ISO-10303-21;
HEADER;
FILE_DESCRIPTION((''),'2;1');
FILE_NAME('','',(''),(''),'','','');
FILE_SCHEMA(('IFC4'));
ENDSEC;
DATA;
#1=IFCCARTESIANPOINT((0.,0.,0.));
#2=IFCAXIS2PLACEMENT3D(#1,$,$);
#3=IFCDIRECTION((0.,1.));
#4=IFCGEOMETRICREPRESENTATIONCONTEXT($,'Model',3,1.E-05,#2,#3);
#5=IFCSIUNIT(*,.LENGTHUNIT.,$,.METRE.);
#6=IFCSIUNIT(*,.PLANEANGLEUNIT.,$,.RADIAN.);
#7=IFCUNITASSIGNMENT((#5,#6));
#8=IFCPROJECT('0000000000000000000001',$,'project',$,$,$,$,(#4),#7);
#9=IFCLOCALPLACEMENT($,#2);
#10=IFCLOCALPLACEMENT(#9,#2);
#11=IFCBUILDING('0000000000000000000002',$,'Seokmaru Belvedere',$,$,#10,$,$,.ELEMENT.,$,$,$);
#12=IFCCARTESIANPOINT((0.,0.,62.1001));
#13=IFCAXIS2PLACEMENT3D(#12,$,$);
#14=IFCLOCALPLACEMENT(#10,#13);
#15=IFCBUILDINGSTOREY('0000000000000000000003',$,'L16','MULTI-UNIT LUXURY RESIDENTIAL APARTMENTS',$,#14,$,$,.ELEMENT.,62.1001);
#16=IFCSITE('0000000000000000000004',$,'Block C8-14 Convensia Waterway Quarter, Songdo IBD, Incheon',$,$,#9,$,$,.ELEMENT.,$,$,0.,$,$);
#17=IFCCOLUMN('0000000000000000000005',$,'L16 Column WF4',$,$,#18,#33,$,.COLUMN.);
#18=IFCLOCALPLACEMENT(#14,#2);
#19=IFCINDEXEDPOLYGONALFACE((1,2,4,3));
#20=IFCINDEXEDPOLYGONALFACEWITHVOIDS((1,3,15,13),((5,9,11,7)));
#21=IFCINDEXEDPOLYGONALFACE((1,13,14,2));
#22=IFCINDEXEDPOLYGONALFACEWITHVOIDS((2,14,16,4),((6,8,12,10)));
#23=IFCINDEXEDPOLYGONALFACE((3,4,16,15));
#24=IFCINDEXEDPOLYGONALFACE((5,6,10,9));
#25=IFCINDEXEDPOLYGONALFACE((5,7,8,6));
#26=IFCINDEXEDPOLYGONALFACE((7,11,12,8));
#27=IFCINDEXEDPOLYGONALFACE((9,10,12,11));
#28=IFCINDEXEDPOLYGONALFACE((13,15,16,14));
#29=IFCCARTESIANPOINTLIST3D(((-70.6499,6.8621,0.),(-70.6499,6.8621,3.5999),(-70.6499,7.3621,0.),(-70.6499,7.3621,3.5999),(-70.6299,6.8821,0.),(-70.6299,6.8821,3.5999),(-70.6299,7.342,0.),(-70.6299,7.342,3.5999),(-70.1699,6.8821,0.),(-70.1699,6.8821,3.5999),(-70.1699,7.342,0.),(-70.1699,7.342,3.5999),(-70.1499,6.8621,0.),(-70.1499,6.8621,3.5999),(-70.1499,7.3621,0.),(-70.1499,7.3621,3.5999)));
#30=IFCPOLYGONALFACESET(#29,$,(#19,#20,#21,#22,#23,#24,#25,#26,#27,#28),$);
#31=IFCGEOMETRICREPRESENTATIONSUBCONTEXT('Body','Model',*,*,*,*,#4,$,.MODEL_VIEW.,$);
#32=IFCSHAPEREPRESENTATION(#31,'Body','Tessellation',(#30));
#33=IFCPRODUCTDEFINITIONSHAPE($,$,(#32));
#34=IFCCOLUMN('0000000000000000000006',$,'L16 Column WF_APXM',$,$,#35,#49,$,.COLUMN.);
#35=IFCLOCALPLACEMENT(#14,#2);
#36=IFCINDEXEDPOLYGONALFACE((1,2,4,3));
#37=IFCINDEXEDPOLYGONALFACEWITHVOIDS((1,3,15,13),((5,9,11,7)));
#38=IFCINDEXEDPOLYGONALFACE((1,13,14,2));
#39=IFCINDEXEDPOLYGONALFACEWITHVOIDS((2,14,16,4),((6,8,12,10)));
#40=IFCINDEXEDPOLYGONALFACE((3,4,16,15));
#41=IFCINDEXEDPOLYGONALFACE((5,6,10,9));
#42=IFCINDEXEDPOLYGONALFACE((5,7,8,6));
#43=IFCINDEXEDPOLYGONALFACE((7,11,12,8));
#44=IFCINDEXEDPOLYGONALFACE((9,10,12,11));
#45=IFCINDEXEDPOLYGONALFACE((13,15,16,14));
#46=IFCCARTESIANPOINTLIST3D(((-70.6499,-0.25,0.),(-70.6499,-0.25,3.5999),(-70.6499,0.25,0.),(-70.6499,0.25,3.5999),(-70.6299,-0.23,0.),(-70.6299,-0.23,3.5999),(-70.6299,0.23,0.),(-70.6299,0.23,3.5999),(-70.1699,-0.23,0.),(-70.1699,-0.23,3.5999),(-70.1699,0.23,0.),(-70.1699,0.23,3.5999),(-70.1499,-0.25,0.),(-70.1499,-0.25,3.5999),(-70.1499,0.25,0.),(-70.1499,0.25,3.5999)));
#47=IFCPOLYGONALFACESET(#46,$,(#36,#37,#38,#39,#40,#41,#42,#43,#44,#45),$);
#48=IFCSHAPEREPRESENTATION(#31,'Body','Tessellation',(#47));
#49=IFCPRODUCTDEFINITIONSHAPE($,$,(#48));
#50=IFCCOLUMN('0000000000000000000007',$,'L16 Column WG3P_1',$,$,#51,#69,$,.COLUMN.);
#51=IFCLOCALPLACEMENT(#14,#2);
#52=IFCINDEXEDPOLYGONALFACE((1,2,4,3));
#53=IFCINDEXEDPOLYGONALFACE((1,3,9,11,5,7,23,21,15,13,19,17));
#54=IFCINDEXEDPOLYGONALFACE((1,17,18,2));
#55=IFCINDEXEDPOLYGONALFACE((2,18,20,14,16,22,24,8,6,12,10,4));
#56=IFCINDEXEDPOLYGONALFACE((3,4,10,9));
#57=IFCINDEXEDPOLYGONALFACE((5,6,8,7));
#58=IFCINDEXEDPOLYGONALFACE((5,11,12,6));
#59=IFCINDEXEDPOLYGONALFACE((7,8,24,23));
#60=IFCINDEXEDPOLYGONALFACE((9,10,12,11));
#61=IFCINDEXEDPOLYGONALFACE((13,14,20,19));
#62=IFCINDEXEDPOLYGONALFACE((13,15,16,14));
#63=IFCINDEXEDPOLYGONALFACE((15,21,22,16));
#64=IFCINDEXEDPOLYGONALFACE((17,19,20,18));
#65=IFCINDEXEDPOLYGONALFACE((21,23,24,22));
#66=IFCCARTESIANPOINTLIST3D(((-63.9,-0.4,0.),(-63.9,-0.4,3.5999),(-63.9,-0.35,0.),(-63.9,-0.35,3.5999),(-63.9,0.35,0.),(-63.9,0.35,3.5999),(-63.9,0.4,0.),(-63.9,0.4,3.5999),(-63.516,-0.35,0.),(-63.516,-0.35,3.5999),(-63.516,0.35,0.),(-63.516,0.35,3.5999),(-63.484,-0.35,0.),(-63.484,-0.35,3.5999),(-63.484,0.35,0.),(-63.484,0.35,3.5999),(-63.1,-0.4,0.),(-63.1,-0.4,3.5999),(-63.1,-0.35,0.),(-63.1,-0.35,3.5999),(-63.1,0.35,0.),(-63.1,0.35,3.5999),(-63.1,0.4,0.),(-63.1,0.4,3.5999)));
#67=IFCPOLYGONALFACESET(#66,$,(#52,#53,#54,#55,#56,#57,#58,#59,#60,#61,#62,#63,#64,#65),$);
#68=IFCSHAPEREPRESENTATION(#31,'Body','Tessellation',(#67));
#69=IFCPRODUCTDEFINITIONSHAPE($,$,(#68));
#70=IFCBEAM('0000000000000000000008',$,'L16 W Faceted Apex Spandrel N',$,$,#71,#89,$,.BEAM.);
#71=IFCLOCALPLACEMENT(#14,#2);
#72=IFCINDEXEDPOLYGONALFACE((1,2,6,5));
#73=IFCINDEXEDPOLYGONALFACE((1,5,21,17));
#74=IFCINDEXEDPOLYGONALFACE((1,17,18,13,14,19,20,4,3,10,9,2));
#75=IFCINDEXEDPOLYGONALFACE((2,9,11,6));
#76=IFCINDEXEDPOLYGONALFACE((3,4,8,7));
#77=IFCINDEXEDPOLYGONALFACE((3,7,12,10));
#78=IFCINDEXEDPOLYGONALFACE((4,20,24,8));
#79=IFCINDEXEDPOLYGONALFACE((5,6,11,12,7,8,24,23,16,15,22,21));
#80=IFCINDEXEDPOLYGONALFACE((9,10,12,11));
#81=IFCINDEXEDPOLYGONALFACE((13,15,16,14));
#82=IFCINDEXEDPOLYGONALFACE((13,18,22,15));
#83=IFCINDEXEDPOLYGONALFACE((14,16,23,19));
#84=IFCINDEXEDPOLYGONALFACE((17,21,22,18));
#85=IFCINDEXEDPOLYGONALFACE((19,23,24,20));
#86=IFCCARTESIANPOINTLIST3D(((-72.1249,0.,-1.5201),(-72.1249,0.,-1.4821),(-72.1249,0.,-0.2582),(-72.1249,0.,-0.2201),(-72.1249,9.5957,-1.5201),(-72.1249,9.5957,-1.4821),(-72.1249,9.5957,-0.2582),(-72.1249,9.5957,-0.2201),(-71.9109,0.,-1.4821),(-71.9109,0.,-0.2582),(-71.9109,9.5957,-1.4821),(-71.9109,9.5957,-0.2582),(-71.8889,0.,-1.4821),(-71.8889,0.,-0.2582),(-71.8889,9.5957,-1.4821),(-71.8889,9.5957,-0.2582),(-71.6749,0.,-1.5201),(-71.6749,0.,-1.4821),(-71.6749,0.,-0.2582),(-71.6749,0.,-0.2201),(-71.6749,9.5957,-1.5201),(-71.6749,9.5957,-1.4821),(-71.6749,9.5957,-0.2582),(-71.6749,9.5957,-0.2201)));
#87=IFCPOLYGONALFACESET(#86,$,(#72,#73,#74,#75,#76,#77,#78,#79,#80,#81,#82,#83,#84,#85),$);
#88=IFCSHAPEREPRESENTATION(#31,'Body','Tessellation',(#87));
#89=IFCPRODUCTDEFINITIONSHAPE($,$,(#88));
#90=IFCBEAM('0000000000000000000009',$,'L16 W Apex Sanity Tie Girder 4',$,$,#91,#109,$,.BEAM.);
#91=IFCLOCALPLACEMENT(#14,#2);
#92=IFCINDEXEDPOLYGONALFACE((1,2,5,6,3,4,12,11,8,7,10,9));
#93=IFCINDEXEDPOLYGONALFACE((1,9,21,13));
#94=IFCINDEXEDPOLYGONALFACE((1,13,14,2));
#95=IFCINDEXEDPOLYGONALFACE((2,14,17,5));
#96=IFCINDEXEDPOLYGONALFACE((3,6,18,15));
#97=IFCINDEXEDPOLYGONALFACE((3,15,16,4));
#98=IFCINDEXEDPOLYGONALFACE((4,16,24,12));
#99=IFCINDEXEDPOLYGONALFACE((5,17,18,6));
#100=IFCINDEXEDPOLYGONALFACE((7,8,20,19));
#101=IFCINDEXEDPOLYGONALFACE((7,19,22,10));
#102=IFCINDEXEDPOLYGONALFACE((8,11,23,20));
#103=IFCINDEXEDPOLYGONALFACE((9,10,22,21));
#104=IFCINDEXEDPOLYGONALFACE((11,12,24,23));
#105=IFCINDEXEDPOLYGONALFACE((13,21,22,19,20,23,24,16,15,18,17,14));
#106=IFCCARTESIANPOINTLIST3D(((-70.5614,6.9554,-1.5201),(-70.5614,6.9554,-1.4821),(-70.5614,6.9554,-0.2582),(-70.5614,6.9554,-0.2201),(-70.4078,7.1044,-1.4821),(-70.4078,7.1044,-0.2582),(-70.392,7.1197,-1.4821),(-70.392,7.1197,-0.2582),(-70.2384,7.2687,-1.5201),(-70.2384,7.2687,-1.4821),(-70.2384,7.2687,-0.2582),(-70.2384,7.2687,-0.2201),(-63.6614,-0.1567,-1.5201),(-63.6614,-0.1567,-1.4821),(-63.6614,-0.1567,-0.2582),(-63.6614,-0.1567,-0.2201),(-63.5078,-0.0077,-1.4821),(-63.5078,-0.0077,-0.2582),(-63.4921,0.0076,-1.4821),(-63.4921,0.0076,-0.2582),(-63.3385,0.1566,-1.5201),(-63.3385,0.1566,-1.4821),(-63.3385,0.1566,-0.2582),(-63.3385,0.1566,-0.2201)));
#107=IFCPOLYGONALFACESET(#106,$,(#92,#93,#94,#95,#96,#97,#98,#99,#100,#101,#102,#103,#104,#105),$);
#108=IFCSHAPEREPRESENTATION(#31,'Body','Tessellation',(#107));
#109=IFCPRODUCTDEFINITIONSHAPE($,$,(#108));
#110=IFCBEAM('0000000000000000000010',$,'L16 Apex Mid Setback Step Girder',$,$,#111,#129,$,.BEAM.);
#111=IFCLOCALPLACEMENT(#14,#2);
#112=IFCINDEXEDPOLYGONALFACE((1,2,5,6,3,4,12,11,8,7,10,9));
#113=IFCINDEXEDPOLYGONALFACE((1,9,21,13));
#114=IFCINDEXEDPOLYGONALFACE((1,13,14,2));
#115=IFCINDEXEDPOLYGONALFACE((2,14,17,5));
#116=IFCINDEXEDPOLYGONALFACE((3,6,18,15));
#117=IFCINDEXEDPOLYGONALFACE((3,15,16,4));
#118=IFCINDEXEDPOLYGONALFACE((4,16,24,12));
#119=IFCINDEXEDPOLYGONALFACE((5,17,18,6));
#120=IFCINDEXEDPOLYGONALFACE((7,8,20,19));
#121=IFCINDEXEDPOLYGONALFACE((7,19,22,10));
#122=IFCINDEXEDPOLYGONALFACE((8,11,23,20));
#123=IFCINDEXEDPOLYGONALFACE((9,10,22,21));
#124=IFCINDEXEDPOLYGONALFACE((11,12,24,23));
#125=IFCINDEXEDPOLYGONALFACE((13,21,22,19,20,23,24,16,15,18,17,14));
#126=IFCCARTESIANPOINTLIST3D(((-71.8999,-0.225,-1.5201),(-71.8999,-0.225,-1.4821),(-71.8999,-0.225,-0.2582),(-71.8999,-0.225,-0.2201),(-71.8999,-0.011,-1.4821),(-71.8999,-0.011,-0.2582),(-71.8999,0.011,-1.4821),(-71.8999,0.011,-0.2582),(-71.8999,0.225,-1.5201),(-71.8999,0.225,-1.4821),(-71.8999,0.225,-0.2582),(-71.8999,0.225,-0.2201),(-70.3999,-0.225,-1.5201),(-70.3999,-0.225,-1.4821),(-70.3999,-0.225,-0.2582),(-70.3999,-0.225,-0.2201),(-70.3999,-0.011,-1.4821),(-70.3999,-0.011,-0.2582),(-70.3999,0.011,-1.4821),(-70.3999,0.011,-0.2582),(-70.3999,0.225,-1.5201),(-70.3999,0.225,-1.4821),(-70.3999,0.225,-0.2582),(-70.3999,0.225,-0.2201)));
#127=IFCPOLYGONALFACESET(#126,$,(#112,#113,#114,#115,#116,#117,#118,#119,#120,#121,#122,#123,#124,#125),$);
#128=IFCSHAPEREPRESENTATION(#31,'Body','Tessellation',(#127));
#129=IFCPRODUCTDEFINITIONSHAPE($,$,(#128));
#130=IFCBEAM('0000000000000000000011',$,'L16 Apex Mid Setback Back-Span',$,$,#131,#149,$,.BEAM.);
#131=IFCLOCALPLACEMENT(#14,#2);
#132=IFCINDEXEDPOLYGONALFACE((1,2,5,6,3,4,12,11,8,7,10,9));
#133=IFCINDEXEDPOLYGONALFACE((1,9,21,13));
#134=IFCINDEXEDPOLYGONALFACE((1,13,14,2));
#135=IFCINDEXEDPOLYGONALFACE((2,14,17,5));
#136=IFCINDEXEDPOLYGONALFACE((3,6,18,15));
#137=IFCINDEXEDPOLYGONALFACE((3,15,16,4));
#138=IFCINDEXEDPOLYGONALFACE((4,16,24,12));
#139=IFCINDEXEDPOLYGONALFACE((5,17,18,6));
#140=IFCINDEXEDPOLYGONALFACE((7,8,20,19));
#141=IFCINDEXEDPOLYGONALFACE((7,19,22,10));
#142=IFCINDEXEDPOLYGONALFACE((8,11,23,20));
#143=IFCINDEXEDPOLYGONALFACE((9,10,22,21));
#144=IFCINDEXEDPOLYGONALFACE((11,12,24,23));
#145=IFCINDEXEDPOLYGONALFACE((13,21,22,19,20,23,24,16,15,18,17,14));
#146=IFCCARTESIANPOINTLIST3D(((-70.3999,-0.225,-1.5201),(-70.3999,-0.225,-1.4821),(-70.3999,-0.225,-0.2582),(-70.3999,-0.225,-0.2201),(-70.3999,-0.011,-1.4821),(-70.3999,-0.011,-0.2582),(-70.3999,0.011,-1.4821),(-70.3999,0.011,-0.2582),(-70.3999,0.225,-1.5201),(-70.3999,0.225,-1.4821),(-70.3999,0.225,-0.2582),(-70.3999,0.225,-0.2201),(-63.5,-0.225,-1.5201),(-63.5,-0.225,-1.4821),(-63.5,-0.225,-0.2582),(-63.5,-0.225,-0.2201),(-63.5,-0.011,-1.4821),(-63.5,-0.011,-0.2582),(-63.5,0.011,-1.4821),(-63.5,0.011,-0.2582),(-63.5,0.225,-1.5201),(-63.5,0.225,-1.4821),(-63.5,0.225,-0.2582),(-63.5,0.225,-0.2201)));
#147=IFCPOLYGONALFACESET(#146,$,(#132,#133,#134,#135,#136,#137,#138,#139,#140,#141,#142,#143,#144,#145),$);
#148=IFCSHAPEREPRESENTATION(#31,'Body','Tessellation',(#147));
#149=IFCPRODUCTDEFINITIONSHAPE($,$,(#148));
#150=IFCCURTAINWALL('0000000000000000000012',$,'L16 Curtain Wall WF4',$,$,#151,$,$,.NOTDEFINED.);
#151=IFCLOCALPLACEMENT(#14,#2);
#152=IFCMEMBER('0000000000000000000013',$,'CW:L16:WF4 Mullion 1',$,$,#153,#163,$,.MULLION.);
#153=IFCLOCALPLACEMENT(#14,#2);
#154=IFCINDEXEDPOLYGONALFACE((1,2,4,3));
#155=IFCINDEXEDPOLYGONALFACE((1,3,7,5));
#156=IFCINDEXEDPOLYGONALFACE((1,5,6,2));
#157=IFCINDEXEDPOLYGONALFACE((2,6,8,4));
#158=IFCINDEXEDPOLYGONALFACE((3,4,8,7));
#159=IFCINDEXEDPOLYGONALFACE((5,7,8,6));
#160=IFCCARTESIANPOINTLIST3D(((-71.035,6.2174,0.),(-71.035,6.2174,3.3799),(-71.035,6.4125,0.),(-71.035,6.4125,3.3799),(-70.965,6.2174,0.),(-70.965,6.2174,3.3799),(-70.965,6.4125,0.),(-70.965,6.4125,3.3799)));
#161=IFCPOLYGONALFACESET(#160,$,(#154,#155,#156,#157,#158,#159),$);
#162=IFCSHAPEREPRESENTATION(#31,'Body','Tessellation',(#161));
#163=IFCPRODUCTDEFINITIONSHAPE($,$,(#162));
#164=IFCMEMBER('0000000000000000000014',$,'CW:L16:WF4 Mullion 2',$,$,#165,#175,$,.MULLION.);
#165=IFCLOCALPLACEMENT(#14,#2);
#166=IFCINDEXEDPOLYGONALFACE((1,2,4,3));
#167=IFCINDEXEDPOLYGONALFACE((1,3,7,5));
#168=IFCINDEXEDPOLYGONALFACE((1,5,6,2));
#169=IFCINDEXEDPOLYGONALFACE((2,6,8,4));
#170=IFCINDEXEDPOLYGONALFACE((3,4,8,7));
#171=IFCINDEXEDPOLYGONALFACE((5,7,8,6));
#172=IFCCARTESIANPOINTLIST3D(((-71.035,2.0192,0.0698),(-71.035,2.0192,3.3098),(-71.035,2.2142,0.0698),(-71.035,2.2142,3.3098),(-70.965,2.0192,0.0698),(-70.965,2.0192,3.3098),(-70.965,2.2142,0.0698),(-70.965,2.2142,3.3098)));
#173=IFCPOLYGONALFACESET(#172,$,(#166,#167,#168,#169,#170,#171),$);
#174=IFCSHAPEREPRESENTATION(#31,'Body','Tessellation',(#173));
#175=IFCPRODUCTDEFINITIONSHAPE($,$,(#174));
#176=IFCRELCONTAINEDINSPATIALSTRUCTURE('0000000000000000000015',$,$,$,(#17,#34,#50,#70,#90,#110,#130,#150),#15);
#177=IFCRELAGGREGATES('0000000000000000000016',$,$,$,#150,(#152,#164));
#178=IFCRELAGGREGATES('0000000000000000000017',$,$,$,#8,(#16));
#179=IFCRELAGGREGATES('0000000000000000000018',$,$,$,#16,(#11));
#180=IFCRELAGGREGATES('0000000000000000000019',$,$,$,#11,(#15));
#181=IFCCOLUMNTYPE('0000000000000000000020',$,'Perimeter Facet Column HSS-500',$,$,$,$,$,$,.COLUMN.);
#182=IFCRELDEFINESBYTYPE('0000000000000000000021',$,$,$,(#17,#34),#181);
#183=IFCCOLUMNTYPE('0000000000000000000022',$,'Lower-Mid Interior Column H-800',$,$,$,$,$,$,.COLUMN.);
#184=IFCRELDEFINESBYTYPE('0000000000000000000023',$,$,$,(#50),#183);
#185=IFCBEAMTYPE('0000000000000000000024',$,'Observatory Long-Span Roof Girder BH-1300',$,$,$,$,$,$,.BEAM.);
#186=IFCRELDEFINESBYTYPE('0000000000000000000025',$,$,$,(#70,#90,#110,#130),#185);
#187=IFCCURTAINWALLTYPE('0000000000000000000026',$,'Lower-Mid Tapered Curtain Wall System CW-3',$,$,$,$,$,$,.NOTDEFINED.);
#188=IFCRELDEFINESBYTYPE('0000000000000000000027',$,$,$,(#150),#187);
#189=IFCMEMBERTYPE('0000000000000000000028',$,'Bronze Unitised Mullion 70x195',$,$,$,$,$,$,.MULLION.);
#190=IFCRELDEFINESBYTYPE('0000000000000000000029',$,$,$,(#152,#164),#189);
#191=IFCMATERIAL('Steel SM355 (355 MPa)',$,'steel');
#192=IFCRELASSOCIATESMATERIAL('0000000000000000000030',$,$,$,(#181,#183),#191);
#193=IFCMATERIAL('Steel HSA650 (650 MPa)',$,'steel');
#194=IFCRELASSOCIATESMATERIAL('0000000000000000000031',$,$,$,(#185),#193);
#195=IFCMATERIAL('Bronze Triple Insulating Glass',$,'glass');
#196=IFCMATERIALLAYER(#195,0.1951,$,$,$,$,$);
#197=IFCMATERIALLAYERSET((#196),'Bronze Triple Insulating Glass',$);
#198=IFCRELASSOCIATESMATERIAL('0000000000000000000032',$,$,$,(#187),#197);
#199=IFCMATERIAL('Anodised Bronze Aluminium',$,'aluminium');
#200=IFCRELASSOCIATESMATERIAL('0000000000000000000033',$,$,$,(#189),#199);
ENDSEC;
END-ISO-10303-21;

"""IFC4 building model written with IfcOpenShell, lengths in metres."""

from ifc_helpers import new_model, si_unit, direction, frame, origin, origin_2d, place, context, subcontext, project, spatial, rectangle, hollow_rectangle, i_section, extrude, source, transform, mapped, material, layer, layer_set, material_profile, profile_set, type_object, type_shapes, element, aggregate, save


model = new_model("IFC4")

# Units and contexts
model_context = context("Model", 3, precision=1e-05, world=origin(), true_north=direction((0.0, 1.0)))
body_context = subcontext(model_context, "Body", "Model", "MODEL_VIEW")
ifc_project = project(units=[si_unit("LENGTHUNIT", "METRE"), si_unit("PLANEANGLEUNIT", "RADIAN")], contexts=[model_context])

# Site, building, storey
site_placement = place(None, origin())
site = spatial("IfcSite", under=ifc_project, at=site_placement, Name="Block C8-14 Convensia Waterway Quarter, Songdo IBD, Incheon", CompositionType="ELEMENT", RefElevation=0.0)
building_placement = place(site_placement, origin())
building = spatial("IfcBuilding", under=site, at=building_placement, Name="Seokmaru Belvedere", CompositionType="ELEMENT")
storey_placement = place(building_placement, frame((0.0, 0.0, 62.1001)))
storey = spatial("IfcBuildingStorey", under=building, at=storey_placement, Name="L16", Description="MULTI-UNIT LUXURY RESIDENTIAL APARTMENTS", CompositionType="ELEMENT", Elevation=62.1001)

# Columns
ifc_material_1 = material(Name="Steel SM355 (355 MPa)", Category="steel")
ifc_material_profile_1 = material_profile(ifc_material_1, hollow_rectangle(XDim=0.5, YDim=0.5, WallThickness=0.02, at=origin_2d()), Name="HSS-500x500x20")
ifc_profile_set_1 = profile_set([ifc_material_profile_1], Name="Steel SM355 (355 MPa)")
column_type_1 = type_object("IfcColumnType", Name="Perimeter Facet Column HSS-500", PredefinedType="COLUMN", material=ifc_profile_set_1)
shared_shape_1 = source(origin(), body_context, "Body", "SweptSolid", [
    extrude(hollow_rectangle(XDim=0.5, YDim=0.5, WallThickness=0.02, at=origin_2d()), origin(), (0.0, 0.0, 1.0), 3.5999),
])
type_shapes(column_type_1, [shared_shape_1])
for number, where, z_axis, x_axis, name in (
    (1, (-70.3999, 7.1121, 0.0), (0.0, 0.0, 1.0), (1.0, 0.0, 0.0), "L16 Column WF4"),
    (2, (-70.3999, 0.0, 0.0), (0.0, 0.0, 1.0), (1.0, 0.0, 0.0), "L16 Column WF_APXM"),
):
    element("IfcColumn", number, at=place(storey_placement, frame(where, z_axis=z_axis, x_axis=x_axis)), inside=storey, type_object=column_type_1, Name=name, PredefinedType="COLUMN", context=body_context, shape_type="MappedRepresentation", body=[
        mapped(shared_shape_1, transform((0.0, 0.0, 0.0), scale=1.0)),
    ])
ifc_material_profile_2 = material_profile(ifc_material_1, i_section(OverallWidth=0.8, OverallDepth=0.8, WebThickness=0.032, FlangeThickness=0.05, at=origin_2d()), Name="H-800x800x32x50")
ifc_profile_set_2 = profile_set([ifc_material_profile_2], Name="Steel SM355 (355 MPa)")
column_type_2 = type_object("IfcColumnType", Name="Lower-Mid Interior Column H-800", PredefinedType="COLUMN", material=ifc_profile_set_2)
shared_shape_2 = source(origin(), body_context, "Body", "SweptSolid", [
    extrude(i_section(OverallWidth=0.8, OverallDepth=0.8, WebThickness=0.032, FlangeThickness=0.05, at=origin_2d()), origin(), (0.0, 0.0, 1.0), 3.5999),
])
type_shapes(column_type_2, [shared_shape_2])
column_placement = place(storey_placement, frame((-63.5, 0.0, 0.0), z_axis=(0.0, 0.0, 1.0), x_axis=(1.0, 0.0, 0.0)))
element("IfcColumn", 3, at=column_placement, inside=storey, type_object=column_type_2, Name="L16 Column WG3P_1", PredefinedType="COLUMN", context=body_context, shape_type="MappedRepresentation", body=[
    mapped(shared_shape_2, transform((0.0, 0.0, 0.0), scale=1.0)),
])

# Beams
ifc_material_2 = material(Name="Steel HSA650 (650 MPa)", Category="steel")
ifc_material_profile_3 = material_profile(ifc_material_2, i_section(OverallWidth=0.45, OverallDepth=1.3, WebThickness=0.022, FlangeThickness=0.0381, at=origin_2d()), Name="BH-1300x450x22x38")
ifc_profile_set_3 = profile_set([ifc_material_profile_3], Name="Steel HSA650 (650 MPa)")
beam_type = type_object("IfcBeamType", Name="Observatory Long-Span Roof Girder BH-1300", PredefinedType="BEAM", material=ifc_profile_set_3)
shared_shape_3 = source(origin(), body_context, "Body", "SweptSolid", [
    extrude(i_section(OverallWidth=0.45, OverallDepth=1.3, WebThickness=0.022, FlangeThickness=0.0381, at=origin_2d()), origin(), (0.0, 0.0, 1.0), 9.5957),
])
beam_1_placement = place(storey_placement, frame((-71.8999, 0.0, -0.8701), z_axis=(0.0, 1.0, 0.0), x_axis=(-1.0, 0.0, 0.0)))
element("IfcBeam", 4, at=beam_1_placement, inside=storey, type_object=beam_type, Name="L16 W Faceted Apex Spandrel N", PredefinedType="BEAM", context=body_context, shape_type="MappedRepresentation", body=[
    mapped(shared_shape_3, transform((0.0, 0.0, 0.0), scale=1.0)),
])
shared_shape_4 = source(origin(), body_context, "Body", "SweptSolid", [
    extrude(i_section(OverallWidth=0.45, OverallDepth=1.3, WebThickness=0.022, FlangeThickness=0.0381, at=origin_2d()), origin(), (0.0, 0.0, 1.0), 9.9092),
])
beam_2_placement = place(storey_placement, frame((-70.3999, 7.1121, -0.8701), z_axis=(0.696321, -0.717731, 0.0), x_axis=(0.717731, 0.696321, 0.0)))
element("IfcBeam", 5, at=beam_2_placement, inside=storey, type_object=beam_type, Name="L16 W Apex Sanity Tie Girder 4", PredefinedType="BEAM", context=body_context, shape_type="MappedRepresentation", body=[
    mapped(shared_shape_4, transform((0.0, 0.0, 0.0), scale=1.0)),
])
shared_shape_5 = source(origin(), body_context, "Body", "SweptSolid", [
    extrude(i_section(OverallWidth=0.45, OverallDepth=1.3, WebThickness=0.022, FlangeThickness=0.0381, at=origin_2d()), origin(), (0.0, 0.0, 1.0), 1.5),
])
beam_3_placement = place(storey_placement, frame((-71.8999, 0.0, -0.8701), z_axis=(1.0, 0.0, 0.0), x_axis=(0.0, 1.0, 0.0)))
element("IfcBeam", 6, at=beam_3_placement, inside=storey, type_object=beam_type, Name="L16 Apex Mid Setback Step Girder", PredefinedType="BEAM", context=body_context, shape_type="MappedRepresentation", body=[
    mapped(shared_shape_5, transform((0.0, 0.0, 0.0), scale=1.0)),
])
shared_shape_6 = source(origin(), body_context, "Body", "SweptSolid", [
    extrude(i_section(OverallWidth=0.45, OverallDepth=1.3, WebThickness=0.022, FlangeThickness=0.0381, at=origin_2d()), origin(), (0.0, 0.0, 1.0), 6.8999),
])
type_shapes(beam_type, [shared_shape_3, shared_shape_4, shared_shape_5, shared_shape_6])
beam_4_placement = place(storey_placement, frame((-70.3999, 0.0, -0.8701), z_axis=(1.0, 0.0, 0.0), x_axis=(0.0, 1.0, 0.0)))
element("IfcBeam", 7, at=beam_4_placement, inside=storey, type_object=beam_type, Name="L16 Apex Mid Setback Back-Span", PredefinedType="BEAM", context=body_context, shape_type="MappedRepresentation", body=[
    mapped(shared_shape_6, transform((0.0, 0.0, 0.0), scale=1.0)),
])

# Curtain wall, members
ifc_material_3 = material(Name="Bronze Triple Insulating Glass", Category="glass")
ifc_layer_1 = layer(ifc_material_3, 0.1951)
ifc_layer_set_1 = layer_set([ifc_layer_1], Name="Bronze Triple Insulating Glass")
curtain_wall_type = type_object("IfcCurtainWallType", Name="Lower-Mid Tapered Curtain Wall System CW-3", PredefinedType="NOTDEFINED", material=ifc_layer_set_1)
curtain_wall_placement = place(storey_placement, origin())
curtain_wall = element("IfcCurtainWall", 8, at=curtain_wall_placement, inside=storey, type_object=curtain_wall_type, Name="L16 Curtain Wall WF4", PredefinedType="NOTDEFINED")
ifc_material_4 = material(Name="Anodised Bronze Aluminium", Category="aluminium")
ifc_material_profile_4 = material_profile(ifc_material_4, rectangle(XDim=0.0701, YDim=0.1951, at=origin_2d()), Name="CW-M-70x195")
ifc_profile_set_4 = profile_set([ifc_material_profile_4], Name="Anodised Bronze Aluminium")
member_type_1 = type_object("IfcMemberType", Name="Bronze Unitised Mullion 70x195", PredefinedType="MULLION", material=ifc_profile_set_4)
shared_shape_7 = source(origin(), body_context, "Body", "SweptSolid", [
    extrude(rectangle(XDim=0.0701, YDim=0.1951, at=origin_2d()), origin(), (0.0, 0.0, 1.0), 3.3799),
])
member_1_placement = place(storey_placement, frame((-71.0, 6.3149, 0.0), z_axis=(0.0, 0.0, 1.0), x_axis=(1.0, 0.0, 0.0)))
member_1 = element("IfcMember", 9, at=member_1_placement, type_object=member_type_1, Name="CW:L16:WF4 Mullion 1", PredefinedType="MULLION", context=body_context, shape_type="MappedRepresentation", body=[
    mapped(shared_shape_7, transform((0.0, 0.0, 0.0), scale=1.0)),
])
shared_shape_8 = source(origin(), body_context, "Body", "SweptSolid", [
    extrude(rectangle(XDim=0.0701, YDim=0.1951, at=origin_2d()), origin(), (0.0, 0.0, 1.0), 3.24),
])
type_shapes(member_type_1, [shared_shape_7, shared_shape_8])
member_2_placement = place(storey_placement, frame((-71.0, 2.1167, 0.0698), z_axis=(0.0, 0.0, 1.0), x_axis=(1.0, 0.0, 0.0)))
member_2 = element("IfcMember", 10, at=member_2_placement, type_object=member_type_1, Name="CW:L16:WF4 Mullion 2", PredefinedType="MULLION", context=body_context, shape_type="MappedRepresentation", body=[
    mapped(shared_shape_8, transform((0.0, 0.0, 0.0), scale=1.0)),
])
aggregate(curtain_wall, [member_1, member_2])

save(model, "model.ifc")
